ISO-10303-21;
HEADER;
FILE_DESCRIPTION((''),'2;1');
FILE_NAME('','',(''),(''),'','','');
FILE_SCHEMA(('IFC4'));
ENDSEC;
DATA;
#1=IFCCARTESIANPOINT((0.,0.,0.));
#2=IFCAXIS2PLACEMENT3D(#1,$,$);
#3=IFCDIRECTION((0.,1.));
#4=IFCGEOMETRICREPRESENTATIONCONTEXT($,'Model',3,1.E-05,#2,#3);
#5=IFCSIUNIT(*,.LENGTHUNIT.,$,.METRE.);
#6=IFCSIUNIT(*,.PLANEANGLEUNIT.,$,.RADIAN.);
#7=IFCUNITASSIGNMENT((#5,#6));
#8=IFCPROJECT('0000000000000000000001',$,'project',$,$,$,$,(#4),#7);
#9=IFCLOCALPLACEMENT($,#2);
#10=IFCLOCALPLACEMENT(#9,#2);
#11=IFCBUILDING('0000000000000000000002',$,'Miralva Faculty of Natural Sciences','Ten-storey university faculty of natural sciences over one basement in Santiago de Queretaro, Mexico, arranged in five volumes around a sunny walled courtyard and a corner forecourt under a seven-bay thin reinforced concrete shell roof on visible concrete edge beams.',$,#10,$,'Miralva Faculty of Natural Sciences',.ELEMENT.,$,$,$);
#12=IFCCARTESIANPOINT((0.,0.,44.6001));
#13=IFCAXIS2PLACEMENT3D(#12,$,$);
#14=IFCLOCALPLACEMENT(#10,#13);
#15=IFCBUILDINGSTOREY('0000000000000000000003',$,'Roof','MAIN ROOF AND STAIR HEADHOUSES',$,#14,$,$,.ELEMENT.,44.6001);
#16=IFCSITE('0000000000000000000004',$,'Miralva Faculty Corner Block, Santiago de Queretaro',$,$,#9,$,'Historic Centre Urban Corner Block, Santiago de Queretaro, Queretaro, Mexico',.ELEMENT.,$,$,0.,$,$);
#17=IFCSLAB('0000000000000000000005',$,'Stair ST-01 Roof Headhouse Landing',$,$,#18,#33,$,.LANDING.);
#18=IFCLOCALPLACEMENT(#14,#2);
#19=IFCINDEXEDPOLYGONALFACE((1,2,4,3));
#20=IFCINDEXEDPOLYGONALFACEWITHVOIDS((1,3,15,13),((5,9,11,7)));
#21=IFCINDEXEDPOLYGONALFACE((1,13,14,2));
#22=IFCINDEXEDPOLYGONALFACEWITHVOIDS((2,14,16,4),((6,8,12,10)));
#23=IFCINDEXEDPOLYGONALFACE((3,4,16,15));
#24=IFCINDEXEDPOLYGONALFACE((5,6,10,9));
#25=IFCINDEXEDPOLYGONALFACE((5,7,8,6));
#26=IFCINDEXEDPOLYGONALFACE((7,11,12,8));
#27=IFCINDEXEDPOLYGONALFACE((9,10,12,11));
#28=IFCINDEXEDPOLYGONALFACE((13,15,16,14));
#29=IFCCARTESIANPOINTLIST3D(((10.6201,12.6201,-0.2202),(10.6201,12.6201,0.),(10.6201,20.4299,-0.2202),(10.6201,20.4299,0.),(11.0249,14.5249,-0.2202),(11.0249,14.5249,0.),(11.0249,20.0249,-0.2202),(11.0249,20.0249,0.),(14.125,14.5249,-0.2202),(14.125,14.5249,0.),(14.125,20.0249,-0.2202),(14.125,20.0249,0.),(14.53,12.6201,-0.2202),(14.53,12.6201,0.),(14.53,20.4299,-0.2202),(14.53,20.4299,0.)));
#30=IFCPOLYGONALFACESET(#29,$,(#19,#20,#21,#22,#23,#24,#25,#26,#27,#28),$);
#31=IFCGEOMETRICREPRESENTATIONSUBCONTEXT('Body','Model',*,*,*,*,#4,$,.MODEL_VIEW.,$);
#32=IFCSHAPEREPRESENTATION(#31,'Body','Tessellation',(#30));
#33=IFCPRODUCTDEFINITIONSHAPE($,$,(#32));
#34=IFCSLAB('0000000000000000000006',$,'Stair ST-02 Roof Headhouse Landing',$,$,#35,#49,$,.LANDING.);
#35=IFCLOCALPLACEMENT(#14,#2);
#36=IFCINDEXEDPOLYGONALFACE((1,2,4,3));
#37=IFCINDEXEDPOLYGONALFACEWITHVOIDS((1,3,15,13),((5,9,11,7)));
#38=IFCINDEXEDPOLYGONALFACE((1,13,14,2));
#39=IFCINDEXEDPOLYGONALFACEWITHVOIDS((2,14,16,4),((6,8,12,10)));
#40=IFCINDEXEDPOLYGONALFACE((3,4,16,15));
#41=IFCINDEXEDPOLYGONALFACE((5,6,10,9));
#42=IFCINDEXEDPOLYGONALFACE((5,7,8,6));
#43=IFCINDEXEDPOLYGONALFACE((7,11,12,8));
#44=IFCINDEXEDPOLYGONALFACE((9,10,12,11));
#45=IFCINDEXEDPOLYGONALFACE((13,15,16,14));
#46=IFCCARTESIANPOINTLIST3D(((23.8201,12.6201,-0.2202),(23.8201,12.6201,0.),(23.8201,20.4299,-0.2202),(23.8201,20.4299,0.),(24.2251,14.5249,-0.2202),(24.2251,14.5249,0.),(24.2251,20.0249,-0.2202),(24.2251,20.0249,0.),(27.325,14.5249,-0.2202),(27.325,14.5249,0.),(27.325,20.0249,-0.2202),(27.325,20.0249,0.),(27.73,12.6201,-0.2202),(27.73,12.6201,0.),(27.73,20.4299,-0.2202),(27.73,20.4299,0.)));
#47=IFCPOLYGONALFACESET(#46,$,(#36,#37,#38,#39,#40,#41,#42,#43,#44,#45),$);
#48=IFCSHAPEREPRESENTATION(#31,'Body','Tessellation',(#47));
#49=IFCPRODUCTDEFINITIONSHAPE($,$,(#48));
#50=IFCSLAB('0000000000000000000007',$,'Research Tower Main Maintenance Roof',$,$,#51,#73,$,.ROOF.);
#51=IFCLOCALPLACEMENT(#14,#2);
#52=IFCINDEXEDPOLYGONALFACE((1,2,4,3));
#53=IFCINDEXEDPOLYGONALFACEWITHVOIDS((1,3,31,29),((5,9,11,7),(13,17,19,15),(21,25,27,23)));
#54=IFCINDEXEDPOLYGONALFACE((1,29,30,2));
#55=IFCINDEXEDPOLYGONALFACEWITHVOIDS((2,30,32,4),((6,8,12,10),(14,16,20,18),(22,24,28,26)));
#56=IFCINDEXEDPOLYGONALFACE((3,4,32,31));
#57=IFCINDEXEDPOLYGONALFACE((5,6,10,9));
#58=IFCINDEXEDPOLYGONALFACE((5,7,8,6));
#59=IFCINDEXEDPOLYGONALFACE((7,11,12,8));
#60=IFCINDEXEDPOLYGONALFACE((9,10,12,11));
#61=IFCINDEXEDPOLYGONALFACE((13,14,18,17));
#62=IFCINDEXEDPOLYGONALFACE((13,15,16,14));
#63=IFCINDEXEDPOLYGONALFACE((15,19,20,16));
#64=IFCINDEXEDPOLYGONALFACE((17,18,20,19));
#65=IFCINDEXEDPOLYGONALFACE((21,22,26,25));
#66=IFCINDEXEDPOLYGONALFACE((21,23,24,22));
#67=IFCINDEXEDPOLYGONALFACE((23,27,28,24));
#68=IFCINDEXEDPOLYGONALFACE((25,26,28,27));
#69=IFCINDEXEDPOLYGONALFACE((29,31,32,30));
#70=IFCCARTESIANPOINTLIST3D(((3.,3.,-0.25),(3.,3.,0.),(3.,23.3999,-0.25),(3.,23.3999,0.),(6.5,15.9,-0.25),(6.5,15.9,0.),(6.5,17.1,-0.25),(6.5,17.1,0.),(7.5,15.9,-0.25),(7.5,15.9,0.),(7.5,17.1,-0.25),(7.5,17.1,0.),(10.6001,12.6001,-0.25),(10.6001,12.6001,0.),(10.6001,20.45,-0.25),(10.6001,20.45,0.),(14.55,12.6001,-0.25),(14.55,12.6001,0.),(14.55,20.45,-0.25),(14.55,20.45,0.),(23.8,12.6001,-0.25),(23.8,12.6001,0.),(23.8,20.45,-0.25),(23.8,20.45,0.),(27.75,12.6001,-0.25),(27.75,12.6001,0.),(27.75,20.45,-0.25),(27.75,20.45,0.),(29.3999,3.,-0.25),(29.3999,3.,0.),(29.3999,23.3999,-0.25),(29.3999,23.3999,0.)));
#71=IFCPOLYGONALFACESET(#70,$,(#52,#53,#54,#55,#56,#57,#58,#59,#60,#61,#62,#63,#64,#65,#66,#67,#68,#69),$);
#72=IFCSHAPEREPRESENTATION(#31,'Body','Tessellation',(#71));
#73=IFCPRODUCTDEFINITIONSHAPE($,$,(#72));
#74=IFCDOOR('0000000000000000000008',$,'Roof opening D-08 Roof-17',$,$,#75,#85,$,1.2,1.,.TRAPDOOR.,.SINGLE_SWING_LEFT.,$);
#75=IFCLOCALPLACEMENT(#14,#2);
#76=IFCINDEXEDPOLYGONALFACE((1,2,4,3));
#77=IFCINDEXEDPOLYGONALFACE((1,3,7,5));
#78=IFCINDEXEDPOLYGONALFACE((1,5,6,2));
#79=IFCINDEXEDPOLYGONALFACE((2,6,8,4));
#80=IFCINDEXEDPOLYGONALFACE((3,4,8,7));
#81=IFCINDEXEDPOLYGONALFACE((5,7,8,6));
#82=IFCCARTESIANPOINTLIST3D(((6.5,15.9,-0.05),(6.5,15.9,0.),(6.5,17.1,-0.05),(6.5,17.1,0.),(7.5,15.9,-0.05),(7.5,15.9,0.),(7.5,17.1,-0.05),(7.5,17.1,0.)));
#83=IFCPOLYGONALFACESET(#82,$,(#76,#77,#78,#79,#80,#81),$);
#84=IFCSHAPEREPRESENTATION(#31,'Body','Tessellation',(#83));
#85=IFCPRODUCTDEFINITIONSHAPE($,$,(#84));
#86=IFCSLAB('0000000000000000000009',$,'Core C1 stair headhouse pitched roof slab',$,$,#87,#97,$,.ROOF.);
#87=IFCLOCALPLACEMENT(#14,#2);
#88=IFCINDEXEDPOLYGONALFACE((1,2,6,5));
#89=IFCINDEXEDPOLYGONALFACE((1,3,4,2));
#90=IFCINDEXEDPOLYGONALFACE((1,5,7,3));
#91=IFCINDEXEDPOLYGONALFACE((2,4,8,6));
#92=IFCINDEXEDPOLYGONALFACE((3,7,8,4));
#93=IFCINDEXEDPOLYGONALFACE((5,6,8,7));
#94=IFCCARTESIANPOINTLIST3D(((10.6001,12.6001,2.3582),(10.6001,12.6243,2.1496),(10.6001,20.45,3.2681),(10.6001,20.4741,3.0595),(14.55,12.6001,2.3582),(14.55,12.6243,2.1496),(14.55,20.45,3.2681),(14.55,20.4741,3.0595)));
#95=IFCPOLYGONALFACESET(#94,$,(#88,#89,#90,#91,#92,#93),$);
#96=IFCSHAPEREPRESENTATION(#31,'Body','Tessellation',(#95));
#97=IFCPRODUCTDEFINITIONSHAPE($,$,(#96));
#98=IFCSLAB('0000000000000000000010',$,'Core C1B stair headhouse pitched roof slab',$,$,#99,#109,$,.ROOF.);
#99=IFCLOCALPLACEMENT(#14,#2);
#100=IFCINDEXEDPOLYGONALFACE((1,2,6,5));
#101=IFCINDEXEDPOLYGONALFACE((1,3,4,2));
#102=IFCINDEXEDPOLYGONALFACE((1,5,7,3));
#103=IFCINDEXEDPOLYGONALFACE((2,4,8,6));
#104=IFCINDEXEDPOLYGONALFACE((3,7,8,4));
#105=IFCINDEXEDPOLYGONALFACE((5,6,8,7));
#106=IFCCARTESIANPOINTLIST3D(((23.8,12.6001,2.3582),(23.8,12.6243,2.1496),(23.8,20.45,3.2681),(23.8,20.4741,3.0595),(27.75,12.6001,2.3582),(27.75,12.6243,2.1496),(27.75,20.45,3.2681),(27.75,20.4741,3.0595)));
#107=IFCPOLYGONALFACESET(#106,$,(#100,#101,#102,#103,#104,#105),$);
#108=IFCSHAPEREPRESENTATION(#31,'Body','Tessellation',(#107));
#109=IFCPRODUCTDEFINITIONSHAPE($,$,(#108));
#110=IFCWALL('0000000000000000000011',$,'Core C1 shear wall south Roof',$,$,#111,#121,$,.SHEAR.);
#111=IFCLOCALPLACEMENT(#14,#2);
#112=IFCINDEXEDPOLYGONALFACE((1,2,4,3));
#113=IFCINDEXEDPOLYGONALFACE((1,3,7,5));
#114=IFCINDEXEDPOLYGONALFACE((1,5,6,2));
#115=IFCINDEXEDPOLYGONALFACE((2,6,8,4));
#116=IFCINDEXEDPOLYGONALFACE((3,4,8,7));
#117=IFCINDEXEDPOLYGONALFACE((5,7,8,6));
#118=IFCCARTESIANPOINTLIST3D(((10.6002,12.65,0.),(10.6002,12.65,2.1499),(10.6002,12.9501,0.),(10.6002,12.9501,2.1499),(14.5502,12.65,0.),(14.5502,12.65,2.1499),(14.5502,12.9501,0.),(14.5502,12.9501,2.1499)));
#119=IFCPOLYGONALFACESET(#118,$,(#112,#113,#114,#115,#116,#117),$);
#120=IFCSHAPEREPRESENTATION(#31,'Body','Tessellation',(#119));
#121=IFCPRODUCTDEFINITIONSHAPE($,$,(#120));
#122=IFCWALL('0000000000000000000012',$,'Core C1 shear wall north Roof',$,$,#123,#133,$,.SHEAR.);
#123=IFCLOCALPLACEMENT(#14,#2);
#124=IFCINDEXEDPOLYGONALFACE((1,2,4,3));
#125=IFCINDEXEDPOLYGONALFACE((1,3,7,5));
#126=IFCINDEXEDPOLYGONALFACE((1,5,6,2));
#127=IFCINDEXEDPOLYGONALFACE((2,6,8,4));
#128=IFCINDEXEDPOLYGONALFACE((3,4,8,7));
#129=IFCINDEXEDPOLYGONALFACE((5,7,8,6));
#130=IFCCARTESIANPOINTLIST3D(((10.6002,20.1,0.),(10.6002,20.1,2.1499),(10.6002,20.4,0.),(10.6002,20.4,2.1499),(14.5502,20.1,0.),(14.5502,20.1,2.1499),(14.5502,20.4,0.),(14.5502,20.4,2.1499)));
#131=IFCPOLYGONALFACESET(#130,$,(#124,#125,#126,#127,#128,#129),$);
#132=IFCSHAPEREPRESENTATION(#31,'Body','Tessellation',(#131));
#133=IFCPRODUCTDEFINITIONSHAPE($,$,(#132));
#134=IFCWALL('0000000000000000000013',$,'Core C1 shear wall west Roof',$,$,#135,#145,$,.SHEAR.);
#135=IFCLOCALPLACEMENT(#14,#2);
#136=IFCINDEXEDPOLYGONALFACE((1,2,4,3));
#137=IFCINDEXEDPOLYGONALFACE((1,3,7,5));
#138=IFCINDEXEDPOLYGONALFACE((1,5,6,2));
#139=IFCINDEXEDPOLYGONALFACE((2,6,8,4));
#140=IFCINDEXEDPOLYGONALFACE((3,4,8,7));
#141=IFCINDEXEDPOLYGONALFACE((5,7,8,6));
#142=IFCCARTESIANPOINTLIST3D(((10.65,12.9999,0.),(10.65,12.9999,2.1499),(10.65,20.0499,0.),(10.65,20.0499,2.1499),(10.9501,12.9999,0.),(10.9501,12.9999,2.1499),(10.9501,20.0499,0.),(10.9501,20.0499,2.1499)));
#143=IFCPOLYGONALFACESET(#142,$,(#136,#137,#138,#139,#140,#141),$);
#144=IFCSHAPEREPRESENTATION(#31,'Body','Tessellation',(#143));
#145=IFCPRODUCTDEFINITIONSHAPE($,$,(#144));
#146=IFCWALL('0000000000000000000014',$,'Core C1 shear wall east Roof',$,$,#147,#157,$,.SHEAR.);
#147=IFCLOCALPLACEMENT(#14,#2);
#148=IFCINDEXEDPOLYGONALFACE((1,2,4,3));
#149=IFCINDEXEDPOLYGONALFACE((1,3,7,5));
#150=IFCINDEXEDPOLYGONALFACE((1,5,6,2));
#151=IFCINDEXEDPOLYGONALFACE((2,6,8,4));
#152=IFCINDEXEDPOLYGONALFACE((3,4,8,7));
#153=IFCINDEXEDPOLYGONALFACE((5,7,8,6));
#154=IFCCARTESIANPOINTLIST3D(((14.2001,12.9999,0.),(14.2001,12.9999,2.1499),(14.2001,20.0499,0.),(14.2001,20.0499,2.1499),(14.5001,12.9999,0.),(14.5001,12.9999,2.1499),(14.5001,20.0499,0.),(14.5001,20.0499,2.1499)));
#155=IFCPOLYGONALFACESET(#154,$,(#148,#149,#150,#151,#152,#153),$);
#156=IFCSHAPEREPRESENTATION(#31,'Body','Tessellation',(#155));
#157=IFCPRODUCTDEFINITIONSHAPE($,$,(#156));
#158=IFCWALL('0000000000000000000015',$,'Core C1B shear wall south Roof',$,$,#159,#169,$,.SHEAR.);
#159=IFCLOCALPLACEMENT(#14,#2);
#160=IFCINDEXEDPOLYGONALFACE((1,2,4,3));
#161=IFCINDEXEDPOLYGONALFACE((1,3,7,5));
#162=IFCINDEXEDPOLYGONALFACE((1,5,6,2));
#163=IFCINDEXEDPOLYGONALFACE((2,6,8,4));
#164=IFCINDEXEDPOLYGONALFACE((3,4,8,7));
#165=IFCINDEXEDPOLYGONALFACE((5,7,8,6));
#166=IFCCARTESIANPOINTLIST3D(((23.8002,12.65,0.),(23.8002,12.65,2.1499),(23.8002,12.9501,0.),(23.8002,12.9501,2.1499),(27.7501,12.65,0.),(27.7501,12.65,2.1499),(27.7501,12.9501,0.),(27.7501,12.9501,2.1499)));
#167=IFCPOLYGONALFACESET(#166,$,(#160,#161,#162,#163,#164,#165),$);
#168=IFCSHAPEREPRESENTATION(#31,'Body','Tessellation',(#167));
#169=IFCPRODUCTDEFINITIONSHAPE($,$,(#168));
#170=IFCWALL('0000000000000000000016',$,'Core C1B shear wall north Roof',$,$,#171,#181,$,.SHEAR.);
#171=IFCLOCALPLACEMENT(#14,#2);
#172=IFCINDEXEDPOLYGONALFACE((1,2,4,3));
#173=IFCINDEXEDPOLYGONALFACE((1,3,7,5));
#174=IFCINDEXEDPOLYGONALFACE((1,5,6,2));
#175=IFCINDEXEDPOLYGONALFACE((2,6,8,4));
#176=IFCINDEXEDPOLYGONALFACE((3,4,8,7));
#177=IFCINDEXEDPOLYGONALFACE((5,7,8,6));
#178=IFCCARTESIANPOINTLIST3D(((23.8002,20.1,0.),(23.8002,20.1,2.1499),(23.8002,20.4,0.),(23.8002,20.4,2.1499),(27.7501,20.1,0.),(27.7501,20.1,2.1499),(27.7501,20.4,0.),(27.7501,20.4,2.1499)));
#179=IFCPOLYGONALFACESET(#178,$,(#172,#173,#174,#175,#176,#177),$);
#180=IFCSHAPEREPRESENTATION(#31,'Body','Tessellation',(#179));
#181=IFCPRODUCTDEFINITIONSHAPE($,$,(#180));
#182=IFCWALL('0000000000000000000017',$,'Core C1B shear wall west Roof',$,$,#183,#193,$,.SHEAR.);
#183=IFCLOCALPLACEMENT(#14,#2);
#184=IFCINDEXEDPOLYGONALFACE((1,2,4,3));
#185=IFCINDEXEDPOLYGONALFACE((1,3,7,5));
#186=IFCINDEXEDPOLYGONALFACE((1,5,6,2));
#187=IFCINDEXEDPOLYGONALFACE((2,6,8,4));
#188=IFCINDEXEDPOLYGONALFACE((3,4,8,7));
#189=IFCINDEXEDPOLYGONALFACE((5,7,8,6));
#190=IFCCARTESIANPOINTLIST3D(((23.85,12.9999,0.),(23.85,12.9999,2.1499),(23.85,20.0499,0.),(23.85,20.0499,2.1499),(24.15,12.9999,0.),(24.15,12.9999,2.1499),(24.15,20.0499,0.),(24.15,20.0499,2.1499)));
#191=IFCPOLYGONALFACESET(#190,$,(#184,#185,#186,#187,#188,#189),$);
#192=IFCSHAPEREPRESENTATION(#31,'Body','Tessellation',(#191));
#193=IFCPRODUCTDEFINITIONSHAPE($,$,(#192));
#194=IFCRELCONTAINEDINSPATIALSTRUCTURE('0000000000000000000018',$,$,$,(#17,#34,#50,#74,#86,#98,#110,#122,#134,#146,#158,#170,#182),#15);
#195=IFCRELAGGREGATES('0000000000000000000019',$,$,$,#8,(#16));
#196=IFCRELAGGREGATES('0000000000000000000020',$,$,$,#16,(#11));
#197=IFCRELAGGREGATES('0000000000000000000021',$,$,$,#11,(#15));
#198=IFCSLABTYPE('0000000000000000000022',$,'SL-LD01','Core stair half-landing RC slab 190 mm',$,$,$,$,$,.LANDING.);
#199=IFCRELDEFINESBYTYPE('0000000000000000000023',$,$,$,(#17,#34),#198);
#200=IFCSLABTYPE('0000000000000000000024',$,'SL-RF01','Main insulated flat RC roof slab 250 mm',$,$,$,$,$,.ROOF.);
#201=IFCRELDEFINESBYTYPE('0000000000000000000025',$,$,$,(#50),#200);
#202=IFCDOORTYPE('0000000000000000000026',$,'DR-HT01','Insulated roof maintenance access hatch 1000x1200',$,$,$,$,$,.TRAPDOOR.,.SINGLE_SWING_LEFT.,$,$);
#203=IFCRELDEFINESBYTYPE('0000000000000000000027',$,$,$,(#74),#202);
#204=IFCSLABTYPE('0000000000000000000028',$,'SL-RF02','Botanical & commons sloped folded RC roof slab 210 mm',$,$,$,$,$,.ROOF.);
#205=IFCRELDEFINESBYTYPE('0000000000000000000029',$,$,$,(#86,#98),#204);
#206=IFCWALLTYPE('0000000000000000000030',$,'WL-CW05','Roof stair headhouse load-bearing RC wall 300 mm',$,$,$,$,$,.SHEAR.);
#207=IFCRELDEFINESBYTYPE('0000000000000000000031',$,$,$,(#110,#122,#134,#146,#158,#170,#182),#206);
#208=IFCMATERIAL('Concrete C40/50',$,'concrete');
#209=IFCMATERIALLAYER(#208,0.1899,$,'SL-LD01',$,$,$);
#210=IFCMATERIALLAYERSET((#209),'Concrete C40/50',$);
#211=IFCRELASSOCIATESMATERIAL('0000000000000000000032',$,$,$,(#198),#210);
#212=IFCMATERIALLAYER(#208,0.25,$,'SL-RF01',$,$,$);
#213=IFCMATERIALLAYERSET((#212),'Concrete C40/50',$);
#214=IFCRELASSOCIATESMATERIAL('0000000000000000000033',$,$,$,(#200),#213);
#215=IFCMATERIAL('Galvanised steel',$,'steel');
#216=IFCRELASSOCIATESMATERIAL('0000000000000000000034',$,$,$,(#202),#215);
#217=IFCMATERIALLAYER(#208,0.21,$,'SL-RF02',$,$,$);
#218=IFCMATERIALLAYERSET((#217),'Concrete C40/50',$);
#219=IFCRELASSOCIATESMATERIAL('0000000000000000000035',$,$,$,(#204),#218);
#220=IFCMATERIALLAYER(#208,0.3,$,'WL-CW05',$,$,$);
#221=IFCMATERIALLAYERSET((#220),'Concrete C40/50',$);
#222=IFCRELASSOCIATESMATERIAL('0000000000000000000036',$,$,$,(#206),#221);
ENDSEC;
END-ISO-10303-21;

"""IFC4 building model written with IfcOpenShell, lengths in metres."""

from ifc_helpers import new_model, si_unit, direction, frame, frame_2d, origin, origin_2d, place, context, subcontext, project, spatial, polyline, rectangle, outline, extrude, material, layer, layer_set, type_object, element, fill, save


model = new_model("IFC4")

# Units and contexts
model_context = context("Model", 3, precision=1e-05, world=origin(), true_north=direction((0.0, 1.0)))
body_context = subcontext(model_context, "Body", "Model", "MODEL_VIEW")
ifc_project = project(units=[si_unit("LENGTHUNIT", "METRE"), si_unit("PLANEANGLEUNIT", "RADIAN")], contexts=[model_context])

# Site, building, storey
site_placement = place(None, origin())
site = spatial("IfcSite", under=ifc_project, at=site_placement, Name="Miralva Faculty Corner Block, Santiago de Queretaro", LongName="Historic Centre Urban Corner Block, Santiago de Queretaro, Queretaro, Mexico", CompositionType="ELEMENT", RefElevation=0.0)
building_placement = place(site_placement, origin())
building = spatial("IfcBuilding", under=site, at=building_placement, Name="Miralva Faculty of Natural Sciences", Description="Ten-storey university faculty of natural sciences over one basement in Santiago de Queretaro, Mexico, arranged in five volumes around a sunny walled courtyard and a corner forecourt under a seven-bay thin reinforced concrete shell roof on visible concrete edge beams.", LongName="Miralva Faculty of Natural Sciences", CompositionType="ELEMENT")
storey_placement = place(building_placement, frame((0.0, 0.0, 44.6001)))
storey = spatial("IfcBuildingStorey", under=building, at=storey_placement, Name="Roof", Description="MAIN ROOF AND STAIR HEADHOUSES", CompositionType="ELEMENT", Elevation=44.6001)

# Slabs
ifc_material_1 = material(Name="Concrete C40/50", Category="concrete")
ifc_layer_1 = layer(ifc_material_1, 0.1899, Name="SL-LD01")
ifc_layer_set_1 = layer_set([ifc_layer_1], Name="Concrete C40/50")
slab_type_1 = type_object("IfcSlabType", Name="SL-LD01", Description="Core stair half-landing RC slab 190 mm", PredefinedType="LANDING", material=ifc_layer_set_1)
slab_1_placement = place(storey_placement, frame((0.0, 0.0, -0.2202)))
element("IfcSlab", 1, at=slab_1_placement, inside=storey, type_object=slab_type_1, Name="Stair ST-01 Roof Headhouse Landing", PredefinedType="LANDING", context=body_context, shape_type="SweptSolid", body=[
    extrude(outline(polyline([(14.53, 12.6201), (10.6201, 12.6201), (10.6201, 20.4299), (14.53, 20.4299), (14.53, 12.6201)]), holes=[polyline([(14.125, 14.5249), (11.0249, 14.5249), (11.0249, 20.0249), (14.125, 20.0249), (14.125, 14.5249)])]), origin(), (0.0, 0.0, 1.0), 0.2202),
])
slab_2_placement = place(storey_placement, frame((0.0, 0.0, -0.2202)))
element("IfcSlab", 2, at=slab_2_placement, inside=storey, type_object=slab_type_1, Name="Stair ST-02 Roof Headhouse Landing", PredefinedType="LANDING", context=body_context, shape_type="SweptSolid", body=[
    extrude(outline(polyline([(27.73, 12.6201), (23.8201, 12.6201), (23.8201, 20.4299), (27.73, 20.4299), (27.73, 12.6201)]), holes=[polyline([(27.325, 14.5249), (24.2251, 14.5249), (24.2251, 20.0249), (27.325, 20.0249), (27.325, 14.5249)])]), origin(), (0.0, 0.0, 1.0), 0.2202),
])

# Slab, opening, door
ifc_layer_2 = layer(ifc_material_1, 0.25, Name="SL-RF01")
ifc_layer_set_2 = layer_set([ifc_layer_2], Name="Concrete C40/50")
slab_type_2 = type_object("IfcSlabType", Name="SL-RF01", Description="Main insulated flat RC roof slab 250 mm", PredefinedType="ROOF", material=ifc_layer_set_2)
slab_3_placement = place(storey_placement, frame((0.0, 0.0, -0.25)))
slab_3 = element("IfcSlab", 3, at=slab_3_placement, inside=storey, type_object=slab_type_2, Name="Research Tower Main Maintenance Roof", PredefinedType="ROOF", context=body_context, shape_type="SweptSolid", body=[
    extrude(outline(polyline([(3.0, 23.3999), (29.3999, 23.3999), (29.3999, 3.0), (3.0, 3.0), (3.0, 23.3999)]), holes=[polyline([(27.75, 20.45), (23.8, 20.45), (23.8, 12.6001), (27.75, 12.6001), (27.75, 20.45)]), polyline([(10.6001, 20.45), (10.6001, 12.6001), (14.55, 12.6001), (14.55, 20.45), (10.6001, 20.45)])]), origin(), (0.0, 0.0, 1.0), 0.25),
])
opening_placement = place(slab_3_placement, frame((7.0, 16.5, 0.0)))
opening = element("IfcOpeningElement", 4, at=opening_placement, cuts=slab_3, PredefinedType="OPENING", context=body_context, shape_type="SweptSolid", body=[
    extrude(rectangle(XDim=1.0, YDim=1.2, at=origin_2d()), frame((0.0, 0.0, -0.01)), (0.0, 0.0, 1.0), 0.27),
])
ifc_material_2 = material(Name="Galvanised steel", Category="steel")
door_type = type_object("IfcDoorType", Name="DR-HT01", Description="Insulated roof maintenance access hatch 1000x1200", OperationType="SINGLE_SWING_LEFT", PredefinedType="TRAPDOOR", material=ifc_material_2)
door_placement = place(opening_placement, frame((0.0, 0.0, 0.2)))
door = element("IfcDoor", 5, at=door_placement, inside=storey, type_object=door_type, Name="Roof opening D-08 Roof-17", OperationType="SINGLE_SWING_LEFT", OverallHeight=1.2, OverallWidth=1.0, PredefinedType="TRAPDOOR", context=body_context, shape_type="SweptSolid", body=[
    extrude(rectangle(XDim=1.0, YDim=1.2, at=origin_2d()), origin(), (0.0, 0.0, 1.0), 0.05),
])
fill(opening, door)

# Slabs
ifc_layer_3 = layer(ifc_material_1, 0.21, Name="SL-RF02")
ifc_layer_set_3 = layer_set([ifc_layer_3], Name="Concrete C40/50")
slab_type_3 = type_object("IfcSlabType", Name="SL-RF02", Description="Botanical & commons sloped folded RC roof slab 210 mm", PredefinedType="ROOF", material=ifc_layer_set_3)
for number, where, z_axis, x_axis, name in (
    (6, (10.6001, 12.6001, 2.3582), (0.0, -0.115144, 0.993349), (1.0, 0.0, 0.0), "Core C1 stair headhouse pitched roof slab"),
    (7, (23.8, 12.6001, 2.3582), (0.0, -0.115144, 0.993349), (1.0, 0.0, 0.0), "Core C1B stair headhouse pitched roof slab"),
):
    element("IfcSlab", number, at=place(storey_placement, frame(where, z_axis=z_axis, x_axis=x_axis)), inside=storey, type_object=slab_type_3, Name=name, PredefinedType="ROOF", context=body_context, shape_type="SweptSolid", body=[
        extrude(outline(polyline([(0.0, 0.0), (3.95, 0.0), (3.95, 7.9024), (0.0, 7.9024), (0.0, 0.0)])), origin(), (0.0, 0.0, -1.0), 0.21),
    ])

# Walls
ifc_layer_4 = layer(ifc_material_1, 0.3, Name="WL-CW05")
ifc_layer_set_4 = layer_set([ifc_layer_4], Name="Concrete C40/50")
wall_type_1 = type_object("IfcWallType", Name="WL-CW05", Description="Roof stair headhouse load-bearing RC wall 300 mm", PredefinedType="SHEAR", material=ifc_layer_set_4)
for number, where, z_axis, x_axis, name in (
    (8, (10.6001, 12.8, 0.0), (0.0, 0.0, 1.0), (1.0, 0.0, 0.0), "Core C1 shear wall south Roof"),
    (9, (10.6001, 20.25, 0.0), (0.0, 0.0, 1.0), (1.0, 0.0, 0.0), "Core C1 shear wall north Roof"),
):
    element("IfcWall", number, at=place(storey_placement, frame(where, z_axis=z_axis, x_axis=x_axis)), inside=storey, type_object=wall_type_1, Name=name, PredefinedType="SHEAR", context=body_context, shape_type="SweptSolid", body=[
        extrude(rectangle(XDim=3.95, YDim=0.3, at=frame_2d((1.9751, 0.0))), origin(), (0.0, 0.0, 1.0), 2.1499),
    ])
for number, where, z_axis, x_axis, name in (
    (10, (10.8, 13.0, 0.0), (0.0, 0.0, 1.0), (0.0, 1.0, 0.0), "Core C1 shear wall west Roof"),
    (11, (14.3501, 13.0, 0.0), (0.0, 0.0, 1.0), (0.0, 1.0, 0.0), "Core C1 shear wall east Roof"),
):
    element("IfcWall", number, at=place(storey_placement, frame(where, z_axis=z_axis, x_axis=x_axis)), inside=storey, type_object=wall_type_1, Name=name, PredefinedType="SHEAR", context=body_context, shape_type="SweptSolid", body=[
        extrude(rectangle(XDim=7.05, YDim=0.3, at=frame_2d((3.5249, 0.0))), origin(), (0.0, 0.0, 1.0), 2.1499),
    ])
for number, where, z_axis, x_axis, name in (
    (12, (23.8, 12.8, 0.0), (0.0, 0.0, 1.0), (1.0, 0.0, 0.0), "Core C1B shear wall south Roof"),
    (13, (23.8, 20.25, 0.0), (0.0, 0.0, 1.0), (1.0, 0.0, 0.0), "Core C1B shear wall north Roof"),
):
    element("IfcWall", number, at=place(storey_placement, frame(where, z_axis=z_axis, x_axis=x_axis)), inside=storey, type_object=wall_type_1, Name=name, PredefinedType="SHEAR", context=body_context, shape_type="SweptSolid", body=[
        extrude(rectangle(XDim=3.95, YDim=0.3, at=frame_2d((1.9751, 0.0))), origin(), (0.0, 0.0, 1.0), 2.1499),
    ])
for number, where, z_axis, x_axis, name in (
    (14, (24.0, 13.0, 0.0), (0.0, 0.0, 1.0), (0.0, 1.0, 0.0), "Core C1B shear wall west Roof"),
):
    element("IfcWall", number, at=place(storey_placement, frame(where, z_axis=z_axis, x_axis=x_axis)), inside=storey, type_object=wall_type_1, Name=name, PredefinedType="SHEAR", context=body_context, shape_type="SweptSolid", body=[
        extrude(rectangle(XDim=7.05, YDim=0.3, at=frame_2d((3.5249, 0.0))), origin(), (0.0, 0.0, 1.0), 2.1499),
    ])

save(model, "model.ifc")
